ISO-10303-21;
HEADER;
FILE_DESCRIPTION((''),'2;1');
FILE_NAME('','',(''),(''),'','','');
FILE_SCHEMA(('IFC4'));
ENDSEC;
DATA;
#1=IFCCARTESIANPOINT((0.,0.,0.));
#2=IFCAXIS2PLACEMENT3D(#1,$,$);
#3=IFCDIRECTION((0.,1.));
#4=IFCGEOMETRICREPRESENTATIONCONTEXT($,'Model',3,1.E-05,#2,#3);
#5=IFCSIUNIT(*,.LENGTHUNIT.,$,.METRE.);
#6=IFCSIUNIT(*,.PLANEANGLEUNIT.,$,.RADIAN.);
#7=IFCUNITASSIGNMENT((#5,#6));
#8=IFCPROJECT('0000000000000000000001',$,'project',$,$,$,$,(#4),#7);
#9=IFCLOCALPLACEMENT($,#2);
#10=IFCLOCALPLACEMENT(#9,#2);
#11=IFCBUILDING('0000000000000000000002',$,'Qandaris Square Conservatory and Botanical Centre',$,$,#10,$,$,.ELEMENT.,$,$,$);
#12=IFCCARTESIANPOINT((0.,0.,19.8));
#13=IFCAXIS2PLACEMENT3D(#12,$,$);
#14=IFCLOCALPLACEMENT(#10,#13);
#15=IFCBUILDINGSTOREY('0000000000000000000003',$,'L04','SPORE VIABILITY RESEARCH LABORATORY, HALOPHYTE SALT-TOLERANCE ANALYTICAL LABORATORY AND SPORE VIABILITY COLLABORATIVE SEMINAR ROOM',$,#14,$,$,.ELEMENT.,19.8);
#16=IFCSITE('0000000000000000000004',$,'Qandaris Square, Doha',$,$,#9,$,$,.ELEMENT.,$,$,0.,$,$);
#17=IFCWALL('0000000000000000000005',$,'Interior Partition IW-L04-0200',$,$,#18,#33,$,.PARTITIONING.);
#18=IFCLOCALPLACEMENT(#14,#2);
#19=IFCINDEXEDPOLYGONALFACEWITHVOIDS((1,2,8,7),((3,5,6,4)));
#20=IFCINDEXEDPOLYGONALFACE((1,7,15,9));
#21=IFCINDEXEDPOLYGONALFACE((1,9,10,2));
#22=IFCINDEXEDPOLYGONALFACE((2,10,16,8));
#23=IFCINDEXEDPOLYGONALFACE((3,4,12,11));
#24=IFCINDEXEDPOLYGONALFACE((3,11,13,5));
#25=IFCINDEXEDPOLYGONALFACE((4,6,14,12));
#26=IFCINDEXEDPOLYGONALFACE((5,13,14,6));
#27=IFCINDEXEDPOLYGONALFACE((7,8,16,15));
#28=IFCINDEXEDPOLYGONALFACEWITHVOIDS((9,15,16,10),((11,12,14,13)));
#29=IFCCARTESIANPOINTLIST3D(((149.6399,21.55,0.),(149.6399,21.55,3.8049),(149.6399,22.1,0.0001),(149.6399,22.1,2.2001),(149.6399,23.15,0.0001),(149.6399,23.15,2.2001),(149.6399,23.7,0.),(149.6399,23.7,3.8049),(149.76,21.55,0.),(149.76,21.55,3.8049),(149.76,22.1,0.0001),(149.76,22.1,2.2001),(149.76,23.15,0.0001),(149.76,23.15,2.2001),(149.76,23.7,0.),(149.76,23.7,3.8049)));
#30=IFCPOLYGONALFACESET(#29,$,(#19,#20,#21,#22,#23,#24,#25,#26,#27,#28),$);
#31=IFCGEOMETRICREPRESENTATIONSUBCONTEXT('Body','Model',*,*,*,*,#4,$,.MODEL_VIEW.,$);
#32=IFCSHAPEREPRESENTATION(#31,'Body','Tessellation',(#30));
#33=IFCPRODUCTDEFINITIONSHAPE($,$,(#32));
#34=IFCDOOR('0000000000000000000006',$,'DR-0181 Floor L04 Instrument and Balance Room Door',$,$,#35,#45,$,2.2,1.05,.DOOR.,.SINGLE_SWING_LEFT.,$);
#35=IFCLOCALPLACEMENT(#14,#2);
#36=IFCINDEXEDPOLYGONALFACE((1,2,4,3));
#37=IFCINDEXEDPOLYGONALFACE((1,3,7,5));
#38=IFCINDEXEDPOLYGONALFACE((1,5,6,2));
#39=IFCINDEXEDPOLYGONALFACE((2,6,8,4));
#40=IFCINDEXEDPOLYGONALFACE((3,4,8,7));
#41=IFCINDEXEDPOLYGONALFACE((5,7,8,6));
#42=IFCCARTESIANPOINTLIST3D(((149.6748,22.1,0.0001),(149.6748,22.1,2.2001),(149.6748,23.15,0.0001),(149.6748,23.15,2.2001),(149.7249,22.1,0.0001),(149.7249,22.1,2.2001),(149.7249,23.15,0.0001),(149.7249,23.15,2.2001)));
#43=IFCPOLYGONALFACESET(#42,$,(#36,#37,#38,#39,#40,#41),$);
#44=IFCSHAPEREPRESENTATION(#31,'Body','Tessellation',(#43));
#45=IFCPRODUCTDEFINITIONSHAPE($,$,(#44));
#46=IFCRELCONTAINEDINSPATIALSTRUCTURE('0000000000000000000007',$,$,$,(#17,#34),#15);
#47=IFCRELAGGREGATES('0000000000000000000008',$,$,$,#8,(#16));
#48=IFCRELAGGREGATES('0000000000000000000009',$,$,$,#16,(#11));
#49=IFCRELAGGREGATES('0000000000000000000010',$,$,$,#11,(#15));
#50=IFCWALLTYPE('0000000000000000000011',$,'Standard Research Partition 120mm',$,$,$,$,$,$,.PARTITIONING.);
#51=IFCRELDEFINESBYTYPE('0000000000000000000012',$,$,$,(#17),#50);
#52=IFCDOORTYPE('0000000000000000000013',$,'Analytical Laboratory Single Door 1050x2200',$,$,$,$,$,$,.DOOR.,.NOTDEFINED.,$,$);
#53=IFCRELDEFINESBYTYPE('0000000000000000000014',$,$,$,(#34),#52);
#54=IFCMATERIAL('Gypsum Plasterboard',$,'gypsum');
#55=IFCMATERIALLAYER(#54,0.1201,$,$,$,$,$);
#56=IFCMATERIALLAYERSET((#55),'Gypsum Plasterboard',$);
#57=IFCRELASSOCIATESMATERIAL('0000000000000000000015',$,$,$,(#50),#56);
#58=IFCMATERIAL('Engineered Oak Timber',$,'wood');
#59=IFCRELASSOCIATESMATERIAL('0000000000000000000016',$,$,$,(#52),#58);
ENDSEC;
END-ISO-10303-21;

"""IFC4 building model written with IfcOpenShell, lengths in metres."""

from ifc_helpers import new_model, si_unit, direction, frame, frame_2d, origin, place, context, subcontext, project, spatial, rectangle, extrude, material, layer, layer_set, type_object, element, fill, save


model = new_model("IFC4")

# Units and contexts
model_context = context("Model", 3, precision=1e-05, world=origin(), true_north=direction((0.0, 1.0)))
body_context = subcontext(model_context, "Body", "Model", "MODEL_VIEW")
ifc_project = project(units=[si_unit("LENGTHUNIT", "METRE"), si_unit("PLANEANGLEUNIT", "RADIAN")], contexts=[model_context])

# Site, building, storey
site_placement = place(None, origin())
site = spatial("IfcSite", under=ifc_project, at=site_placement, Name="Qandaris Square, Doha", CompositionType="ELEMENT", RefElevation=0.0)
building_placement = place(site_placement, origin())
building = spatial("IfcBuilding", under=site, at=building_placement, Name="Qandaris Square Conservatory and Botanical Centre", CompositionType="ELEMENT")
storey_placement = place(building_placement, frame((0.0, 0.0, 19.8)))
storey = spatial("IfcBuildingStorey", under=building, at=storey_placement, Name="L04", Description="SPORE VIABILITY RESEARCH LABORATORY, HALOPHYTE SALT-TOLERANCE ANALYTICAL LABORATORY AND SPORE VIABILITY COLLABORATIVE SEMINAR ROOM", CompositionType="ELEMENT", Elevation=19.8)

# Shared definitions
ifc_material_1 = material(Name="Gypsum Plasterboard", Category="gypsum")

# Wall, opening, door
ifc_layer_1 = layer(ifc_material_1, 0.1201)
ifc_layer_set_1 = layer_set([ifc_layer_1], Name="Gypsum Plasterboard")
wall_type_1 = type_object("IfcWallType", Name="Standard Research Partition 120mm", PredefinedType="PARTITIONING", material=ifc_layer_set_1)
wall_1_placement = place(storey_placement, frame((149.7, 23.7, 0.0), z_axis=(0.0, 0.0, 1.0), x_axis=(0.0, -1.0, 0.0)))
wall_1 = element("IfcWall", 1, at=wall_1_placement, inside=storey, type_object=wall_type_1, Name="Interior Partition IW-L04-0200", PredefinedType="PARTITIONING", context=body_context, shape_type="SweptSolid", body=[
    extrude(rectangle(XDim=2.1499, YDim=0.1201, at=frame_2d((1.075, 0.0))), origin(), (0.0, 0.0, 1.0), 3.8049),
])
opening_1_placement = place(wall_1_placement, frame((0.55, 0.0, 0.0)))
opening_1 = element("IfcOpeningElement", 2, at=opening_1_placement, cuts=wall_1, PredefinedType="OPENING", context=body_context, shape_type="SweptSolid", body=[
    extrude(rectangle(XDim=1.05, YDim=2.2, at=frame_2d((0.5249, 1.1001))), frame((0.0, 0.072, 0.0), z_axis=(0.0, -1.0, 0.0), x_axis=(1.0, 0.0, 0.0)), (0.0, 0.0, 1.0), 0.144),
])
ifc_material_2 = material(Name="Engineered Oak Timber", Category="wood")
door_type_1 = type_object("IfcDoorType", Name="Analytical Laboratory Single Door 1050x2200", OperationType="NOTDEFINED", PredefinedType="DOOR", material=ifc_material_2)
door_1_placement = place(opening_1_placement, origin())
door_1 = element("IfcDoor", 3, at=door_1_placement, inside=storey, type_object=door_type_1, Name="DR-0181 Floor L04 Instrument and Balance Room Door", OperationType="SINGLE_SWING_LEFT", OverallHeight=2.2, OverallWidth=1.05, PredefinedType="DOOR", context=body_context, shape_type="SweptSolid", body=[
    extrude(rectangle(XDim=1.05, YDim=2.2, at=frame_2d((0.5249, 1.1001))), frame((0.0, 0.0249, 0.0), z_axis=(0.0, -1.0, 0.0), x_axis=(1.0, 0.0, 0.0)), (0.0, 0.0, 1.0), 0.05),
])
fill(opening_1, door_1)

save(model, "model.ifc")
